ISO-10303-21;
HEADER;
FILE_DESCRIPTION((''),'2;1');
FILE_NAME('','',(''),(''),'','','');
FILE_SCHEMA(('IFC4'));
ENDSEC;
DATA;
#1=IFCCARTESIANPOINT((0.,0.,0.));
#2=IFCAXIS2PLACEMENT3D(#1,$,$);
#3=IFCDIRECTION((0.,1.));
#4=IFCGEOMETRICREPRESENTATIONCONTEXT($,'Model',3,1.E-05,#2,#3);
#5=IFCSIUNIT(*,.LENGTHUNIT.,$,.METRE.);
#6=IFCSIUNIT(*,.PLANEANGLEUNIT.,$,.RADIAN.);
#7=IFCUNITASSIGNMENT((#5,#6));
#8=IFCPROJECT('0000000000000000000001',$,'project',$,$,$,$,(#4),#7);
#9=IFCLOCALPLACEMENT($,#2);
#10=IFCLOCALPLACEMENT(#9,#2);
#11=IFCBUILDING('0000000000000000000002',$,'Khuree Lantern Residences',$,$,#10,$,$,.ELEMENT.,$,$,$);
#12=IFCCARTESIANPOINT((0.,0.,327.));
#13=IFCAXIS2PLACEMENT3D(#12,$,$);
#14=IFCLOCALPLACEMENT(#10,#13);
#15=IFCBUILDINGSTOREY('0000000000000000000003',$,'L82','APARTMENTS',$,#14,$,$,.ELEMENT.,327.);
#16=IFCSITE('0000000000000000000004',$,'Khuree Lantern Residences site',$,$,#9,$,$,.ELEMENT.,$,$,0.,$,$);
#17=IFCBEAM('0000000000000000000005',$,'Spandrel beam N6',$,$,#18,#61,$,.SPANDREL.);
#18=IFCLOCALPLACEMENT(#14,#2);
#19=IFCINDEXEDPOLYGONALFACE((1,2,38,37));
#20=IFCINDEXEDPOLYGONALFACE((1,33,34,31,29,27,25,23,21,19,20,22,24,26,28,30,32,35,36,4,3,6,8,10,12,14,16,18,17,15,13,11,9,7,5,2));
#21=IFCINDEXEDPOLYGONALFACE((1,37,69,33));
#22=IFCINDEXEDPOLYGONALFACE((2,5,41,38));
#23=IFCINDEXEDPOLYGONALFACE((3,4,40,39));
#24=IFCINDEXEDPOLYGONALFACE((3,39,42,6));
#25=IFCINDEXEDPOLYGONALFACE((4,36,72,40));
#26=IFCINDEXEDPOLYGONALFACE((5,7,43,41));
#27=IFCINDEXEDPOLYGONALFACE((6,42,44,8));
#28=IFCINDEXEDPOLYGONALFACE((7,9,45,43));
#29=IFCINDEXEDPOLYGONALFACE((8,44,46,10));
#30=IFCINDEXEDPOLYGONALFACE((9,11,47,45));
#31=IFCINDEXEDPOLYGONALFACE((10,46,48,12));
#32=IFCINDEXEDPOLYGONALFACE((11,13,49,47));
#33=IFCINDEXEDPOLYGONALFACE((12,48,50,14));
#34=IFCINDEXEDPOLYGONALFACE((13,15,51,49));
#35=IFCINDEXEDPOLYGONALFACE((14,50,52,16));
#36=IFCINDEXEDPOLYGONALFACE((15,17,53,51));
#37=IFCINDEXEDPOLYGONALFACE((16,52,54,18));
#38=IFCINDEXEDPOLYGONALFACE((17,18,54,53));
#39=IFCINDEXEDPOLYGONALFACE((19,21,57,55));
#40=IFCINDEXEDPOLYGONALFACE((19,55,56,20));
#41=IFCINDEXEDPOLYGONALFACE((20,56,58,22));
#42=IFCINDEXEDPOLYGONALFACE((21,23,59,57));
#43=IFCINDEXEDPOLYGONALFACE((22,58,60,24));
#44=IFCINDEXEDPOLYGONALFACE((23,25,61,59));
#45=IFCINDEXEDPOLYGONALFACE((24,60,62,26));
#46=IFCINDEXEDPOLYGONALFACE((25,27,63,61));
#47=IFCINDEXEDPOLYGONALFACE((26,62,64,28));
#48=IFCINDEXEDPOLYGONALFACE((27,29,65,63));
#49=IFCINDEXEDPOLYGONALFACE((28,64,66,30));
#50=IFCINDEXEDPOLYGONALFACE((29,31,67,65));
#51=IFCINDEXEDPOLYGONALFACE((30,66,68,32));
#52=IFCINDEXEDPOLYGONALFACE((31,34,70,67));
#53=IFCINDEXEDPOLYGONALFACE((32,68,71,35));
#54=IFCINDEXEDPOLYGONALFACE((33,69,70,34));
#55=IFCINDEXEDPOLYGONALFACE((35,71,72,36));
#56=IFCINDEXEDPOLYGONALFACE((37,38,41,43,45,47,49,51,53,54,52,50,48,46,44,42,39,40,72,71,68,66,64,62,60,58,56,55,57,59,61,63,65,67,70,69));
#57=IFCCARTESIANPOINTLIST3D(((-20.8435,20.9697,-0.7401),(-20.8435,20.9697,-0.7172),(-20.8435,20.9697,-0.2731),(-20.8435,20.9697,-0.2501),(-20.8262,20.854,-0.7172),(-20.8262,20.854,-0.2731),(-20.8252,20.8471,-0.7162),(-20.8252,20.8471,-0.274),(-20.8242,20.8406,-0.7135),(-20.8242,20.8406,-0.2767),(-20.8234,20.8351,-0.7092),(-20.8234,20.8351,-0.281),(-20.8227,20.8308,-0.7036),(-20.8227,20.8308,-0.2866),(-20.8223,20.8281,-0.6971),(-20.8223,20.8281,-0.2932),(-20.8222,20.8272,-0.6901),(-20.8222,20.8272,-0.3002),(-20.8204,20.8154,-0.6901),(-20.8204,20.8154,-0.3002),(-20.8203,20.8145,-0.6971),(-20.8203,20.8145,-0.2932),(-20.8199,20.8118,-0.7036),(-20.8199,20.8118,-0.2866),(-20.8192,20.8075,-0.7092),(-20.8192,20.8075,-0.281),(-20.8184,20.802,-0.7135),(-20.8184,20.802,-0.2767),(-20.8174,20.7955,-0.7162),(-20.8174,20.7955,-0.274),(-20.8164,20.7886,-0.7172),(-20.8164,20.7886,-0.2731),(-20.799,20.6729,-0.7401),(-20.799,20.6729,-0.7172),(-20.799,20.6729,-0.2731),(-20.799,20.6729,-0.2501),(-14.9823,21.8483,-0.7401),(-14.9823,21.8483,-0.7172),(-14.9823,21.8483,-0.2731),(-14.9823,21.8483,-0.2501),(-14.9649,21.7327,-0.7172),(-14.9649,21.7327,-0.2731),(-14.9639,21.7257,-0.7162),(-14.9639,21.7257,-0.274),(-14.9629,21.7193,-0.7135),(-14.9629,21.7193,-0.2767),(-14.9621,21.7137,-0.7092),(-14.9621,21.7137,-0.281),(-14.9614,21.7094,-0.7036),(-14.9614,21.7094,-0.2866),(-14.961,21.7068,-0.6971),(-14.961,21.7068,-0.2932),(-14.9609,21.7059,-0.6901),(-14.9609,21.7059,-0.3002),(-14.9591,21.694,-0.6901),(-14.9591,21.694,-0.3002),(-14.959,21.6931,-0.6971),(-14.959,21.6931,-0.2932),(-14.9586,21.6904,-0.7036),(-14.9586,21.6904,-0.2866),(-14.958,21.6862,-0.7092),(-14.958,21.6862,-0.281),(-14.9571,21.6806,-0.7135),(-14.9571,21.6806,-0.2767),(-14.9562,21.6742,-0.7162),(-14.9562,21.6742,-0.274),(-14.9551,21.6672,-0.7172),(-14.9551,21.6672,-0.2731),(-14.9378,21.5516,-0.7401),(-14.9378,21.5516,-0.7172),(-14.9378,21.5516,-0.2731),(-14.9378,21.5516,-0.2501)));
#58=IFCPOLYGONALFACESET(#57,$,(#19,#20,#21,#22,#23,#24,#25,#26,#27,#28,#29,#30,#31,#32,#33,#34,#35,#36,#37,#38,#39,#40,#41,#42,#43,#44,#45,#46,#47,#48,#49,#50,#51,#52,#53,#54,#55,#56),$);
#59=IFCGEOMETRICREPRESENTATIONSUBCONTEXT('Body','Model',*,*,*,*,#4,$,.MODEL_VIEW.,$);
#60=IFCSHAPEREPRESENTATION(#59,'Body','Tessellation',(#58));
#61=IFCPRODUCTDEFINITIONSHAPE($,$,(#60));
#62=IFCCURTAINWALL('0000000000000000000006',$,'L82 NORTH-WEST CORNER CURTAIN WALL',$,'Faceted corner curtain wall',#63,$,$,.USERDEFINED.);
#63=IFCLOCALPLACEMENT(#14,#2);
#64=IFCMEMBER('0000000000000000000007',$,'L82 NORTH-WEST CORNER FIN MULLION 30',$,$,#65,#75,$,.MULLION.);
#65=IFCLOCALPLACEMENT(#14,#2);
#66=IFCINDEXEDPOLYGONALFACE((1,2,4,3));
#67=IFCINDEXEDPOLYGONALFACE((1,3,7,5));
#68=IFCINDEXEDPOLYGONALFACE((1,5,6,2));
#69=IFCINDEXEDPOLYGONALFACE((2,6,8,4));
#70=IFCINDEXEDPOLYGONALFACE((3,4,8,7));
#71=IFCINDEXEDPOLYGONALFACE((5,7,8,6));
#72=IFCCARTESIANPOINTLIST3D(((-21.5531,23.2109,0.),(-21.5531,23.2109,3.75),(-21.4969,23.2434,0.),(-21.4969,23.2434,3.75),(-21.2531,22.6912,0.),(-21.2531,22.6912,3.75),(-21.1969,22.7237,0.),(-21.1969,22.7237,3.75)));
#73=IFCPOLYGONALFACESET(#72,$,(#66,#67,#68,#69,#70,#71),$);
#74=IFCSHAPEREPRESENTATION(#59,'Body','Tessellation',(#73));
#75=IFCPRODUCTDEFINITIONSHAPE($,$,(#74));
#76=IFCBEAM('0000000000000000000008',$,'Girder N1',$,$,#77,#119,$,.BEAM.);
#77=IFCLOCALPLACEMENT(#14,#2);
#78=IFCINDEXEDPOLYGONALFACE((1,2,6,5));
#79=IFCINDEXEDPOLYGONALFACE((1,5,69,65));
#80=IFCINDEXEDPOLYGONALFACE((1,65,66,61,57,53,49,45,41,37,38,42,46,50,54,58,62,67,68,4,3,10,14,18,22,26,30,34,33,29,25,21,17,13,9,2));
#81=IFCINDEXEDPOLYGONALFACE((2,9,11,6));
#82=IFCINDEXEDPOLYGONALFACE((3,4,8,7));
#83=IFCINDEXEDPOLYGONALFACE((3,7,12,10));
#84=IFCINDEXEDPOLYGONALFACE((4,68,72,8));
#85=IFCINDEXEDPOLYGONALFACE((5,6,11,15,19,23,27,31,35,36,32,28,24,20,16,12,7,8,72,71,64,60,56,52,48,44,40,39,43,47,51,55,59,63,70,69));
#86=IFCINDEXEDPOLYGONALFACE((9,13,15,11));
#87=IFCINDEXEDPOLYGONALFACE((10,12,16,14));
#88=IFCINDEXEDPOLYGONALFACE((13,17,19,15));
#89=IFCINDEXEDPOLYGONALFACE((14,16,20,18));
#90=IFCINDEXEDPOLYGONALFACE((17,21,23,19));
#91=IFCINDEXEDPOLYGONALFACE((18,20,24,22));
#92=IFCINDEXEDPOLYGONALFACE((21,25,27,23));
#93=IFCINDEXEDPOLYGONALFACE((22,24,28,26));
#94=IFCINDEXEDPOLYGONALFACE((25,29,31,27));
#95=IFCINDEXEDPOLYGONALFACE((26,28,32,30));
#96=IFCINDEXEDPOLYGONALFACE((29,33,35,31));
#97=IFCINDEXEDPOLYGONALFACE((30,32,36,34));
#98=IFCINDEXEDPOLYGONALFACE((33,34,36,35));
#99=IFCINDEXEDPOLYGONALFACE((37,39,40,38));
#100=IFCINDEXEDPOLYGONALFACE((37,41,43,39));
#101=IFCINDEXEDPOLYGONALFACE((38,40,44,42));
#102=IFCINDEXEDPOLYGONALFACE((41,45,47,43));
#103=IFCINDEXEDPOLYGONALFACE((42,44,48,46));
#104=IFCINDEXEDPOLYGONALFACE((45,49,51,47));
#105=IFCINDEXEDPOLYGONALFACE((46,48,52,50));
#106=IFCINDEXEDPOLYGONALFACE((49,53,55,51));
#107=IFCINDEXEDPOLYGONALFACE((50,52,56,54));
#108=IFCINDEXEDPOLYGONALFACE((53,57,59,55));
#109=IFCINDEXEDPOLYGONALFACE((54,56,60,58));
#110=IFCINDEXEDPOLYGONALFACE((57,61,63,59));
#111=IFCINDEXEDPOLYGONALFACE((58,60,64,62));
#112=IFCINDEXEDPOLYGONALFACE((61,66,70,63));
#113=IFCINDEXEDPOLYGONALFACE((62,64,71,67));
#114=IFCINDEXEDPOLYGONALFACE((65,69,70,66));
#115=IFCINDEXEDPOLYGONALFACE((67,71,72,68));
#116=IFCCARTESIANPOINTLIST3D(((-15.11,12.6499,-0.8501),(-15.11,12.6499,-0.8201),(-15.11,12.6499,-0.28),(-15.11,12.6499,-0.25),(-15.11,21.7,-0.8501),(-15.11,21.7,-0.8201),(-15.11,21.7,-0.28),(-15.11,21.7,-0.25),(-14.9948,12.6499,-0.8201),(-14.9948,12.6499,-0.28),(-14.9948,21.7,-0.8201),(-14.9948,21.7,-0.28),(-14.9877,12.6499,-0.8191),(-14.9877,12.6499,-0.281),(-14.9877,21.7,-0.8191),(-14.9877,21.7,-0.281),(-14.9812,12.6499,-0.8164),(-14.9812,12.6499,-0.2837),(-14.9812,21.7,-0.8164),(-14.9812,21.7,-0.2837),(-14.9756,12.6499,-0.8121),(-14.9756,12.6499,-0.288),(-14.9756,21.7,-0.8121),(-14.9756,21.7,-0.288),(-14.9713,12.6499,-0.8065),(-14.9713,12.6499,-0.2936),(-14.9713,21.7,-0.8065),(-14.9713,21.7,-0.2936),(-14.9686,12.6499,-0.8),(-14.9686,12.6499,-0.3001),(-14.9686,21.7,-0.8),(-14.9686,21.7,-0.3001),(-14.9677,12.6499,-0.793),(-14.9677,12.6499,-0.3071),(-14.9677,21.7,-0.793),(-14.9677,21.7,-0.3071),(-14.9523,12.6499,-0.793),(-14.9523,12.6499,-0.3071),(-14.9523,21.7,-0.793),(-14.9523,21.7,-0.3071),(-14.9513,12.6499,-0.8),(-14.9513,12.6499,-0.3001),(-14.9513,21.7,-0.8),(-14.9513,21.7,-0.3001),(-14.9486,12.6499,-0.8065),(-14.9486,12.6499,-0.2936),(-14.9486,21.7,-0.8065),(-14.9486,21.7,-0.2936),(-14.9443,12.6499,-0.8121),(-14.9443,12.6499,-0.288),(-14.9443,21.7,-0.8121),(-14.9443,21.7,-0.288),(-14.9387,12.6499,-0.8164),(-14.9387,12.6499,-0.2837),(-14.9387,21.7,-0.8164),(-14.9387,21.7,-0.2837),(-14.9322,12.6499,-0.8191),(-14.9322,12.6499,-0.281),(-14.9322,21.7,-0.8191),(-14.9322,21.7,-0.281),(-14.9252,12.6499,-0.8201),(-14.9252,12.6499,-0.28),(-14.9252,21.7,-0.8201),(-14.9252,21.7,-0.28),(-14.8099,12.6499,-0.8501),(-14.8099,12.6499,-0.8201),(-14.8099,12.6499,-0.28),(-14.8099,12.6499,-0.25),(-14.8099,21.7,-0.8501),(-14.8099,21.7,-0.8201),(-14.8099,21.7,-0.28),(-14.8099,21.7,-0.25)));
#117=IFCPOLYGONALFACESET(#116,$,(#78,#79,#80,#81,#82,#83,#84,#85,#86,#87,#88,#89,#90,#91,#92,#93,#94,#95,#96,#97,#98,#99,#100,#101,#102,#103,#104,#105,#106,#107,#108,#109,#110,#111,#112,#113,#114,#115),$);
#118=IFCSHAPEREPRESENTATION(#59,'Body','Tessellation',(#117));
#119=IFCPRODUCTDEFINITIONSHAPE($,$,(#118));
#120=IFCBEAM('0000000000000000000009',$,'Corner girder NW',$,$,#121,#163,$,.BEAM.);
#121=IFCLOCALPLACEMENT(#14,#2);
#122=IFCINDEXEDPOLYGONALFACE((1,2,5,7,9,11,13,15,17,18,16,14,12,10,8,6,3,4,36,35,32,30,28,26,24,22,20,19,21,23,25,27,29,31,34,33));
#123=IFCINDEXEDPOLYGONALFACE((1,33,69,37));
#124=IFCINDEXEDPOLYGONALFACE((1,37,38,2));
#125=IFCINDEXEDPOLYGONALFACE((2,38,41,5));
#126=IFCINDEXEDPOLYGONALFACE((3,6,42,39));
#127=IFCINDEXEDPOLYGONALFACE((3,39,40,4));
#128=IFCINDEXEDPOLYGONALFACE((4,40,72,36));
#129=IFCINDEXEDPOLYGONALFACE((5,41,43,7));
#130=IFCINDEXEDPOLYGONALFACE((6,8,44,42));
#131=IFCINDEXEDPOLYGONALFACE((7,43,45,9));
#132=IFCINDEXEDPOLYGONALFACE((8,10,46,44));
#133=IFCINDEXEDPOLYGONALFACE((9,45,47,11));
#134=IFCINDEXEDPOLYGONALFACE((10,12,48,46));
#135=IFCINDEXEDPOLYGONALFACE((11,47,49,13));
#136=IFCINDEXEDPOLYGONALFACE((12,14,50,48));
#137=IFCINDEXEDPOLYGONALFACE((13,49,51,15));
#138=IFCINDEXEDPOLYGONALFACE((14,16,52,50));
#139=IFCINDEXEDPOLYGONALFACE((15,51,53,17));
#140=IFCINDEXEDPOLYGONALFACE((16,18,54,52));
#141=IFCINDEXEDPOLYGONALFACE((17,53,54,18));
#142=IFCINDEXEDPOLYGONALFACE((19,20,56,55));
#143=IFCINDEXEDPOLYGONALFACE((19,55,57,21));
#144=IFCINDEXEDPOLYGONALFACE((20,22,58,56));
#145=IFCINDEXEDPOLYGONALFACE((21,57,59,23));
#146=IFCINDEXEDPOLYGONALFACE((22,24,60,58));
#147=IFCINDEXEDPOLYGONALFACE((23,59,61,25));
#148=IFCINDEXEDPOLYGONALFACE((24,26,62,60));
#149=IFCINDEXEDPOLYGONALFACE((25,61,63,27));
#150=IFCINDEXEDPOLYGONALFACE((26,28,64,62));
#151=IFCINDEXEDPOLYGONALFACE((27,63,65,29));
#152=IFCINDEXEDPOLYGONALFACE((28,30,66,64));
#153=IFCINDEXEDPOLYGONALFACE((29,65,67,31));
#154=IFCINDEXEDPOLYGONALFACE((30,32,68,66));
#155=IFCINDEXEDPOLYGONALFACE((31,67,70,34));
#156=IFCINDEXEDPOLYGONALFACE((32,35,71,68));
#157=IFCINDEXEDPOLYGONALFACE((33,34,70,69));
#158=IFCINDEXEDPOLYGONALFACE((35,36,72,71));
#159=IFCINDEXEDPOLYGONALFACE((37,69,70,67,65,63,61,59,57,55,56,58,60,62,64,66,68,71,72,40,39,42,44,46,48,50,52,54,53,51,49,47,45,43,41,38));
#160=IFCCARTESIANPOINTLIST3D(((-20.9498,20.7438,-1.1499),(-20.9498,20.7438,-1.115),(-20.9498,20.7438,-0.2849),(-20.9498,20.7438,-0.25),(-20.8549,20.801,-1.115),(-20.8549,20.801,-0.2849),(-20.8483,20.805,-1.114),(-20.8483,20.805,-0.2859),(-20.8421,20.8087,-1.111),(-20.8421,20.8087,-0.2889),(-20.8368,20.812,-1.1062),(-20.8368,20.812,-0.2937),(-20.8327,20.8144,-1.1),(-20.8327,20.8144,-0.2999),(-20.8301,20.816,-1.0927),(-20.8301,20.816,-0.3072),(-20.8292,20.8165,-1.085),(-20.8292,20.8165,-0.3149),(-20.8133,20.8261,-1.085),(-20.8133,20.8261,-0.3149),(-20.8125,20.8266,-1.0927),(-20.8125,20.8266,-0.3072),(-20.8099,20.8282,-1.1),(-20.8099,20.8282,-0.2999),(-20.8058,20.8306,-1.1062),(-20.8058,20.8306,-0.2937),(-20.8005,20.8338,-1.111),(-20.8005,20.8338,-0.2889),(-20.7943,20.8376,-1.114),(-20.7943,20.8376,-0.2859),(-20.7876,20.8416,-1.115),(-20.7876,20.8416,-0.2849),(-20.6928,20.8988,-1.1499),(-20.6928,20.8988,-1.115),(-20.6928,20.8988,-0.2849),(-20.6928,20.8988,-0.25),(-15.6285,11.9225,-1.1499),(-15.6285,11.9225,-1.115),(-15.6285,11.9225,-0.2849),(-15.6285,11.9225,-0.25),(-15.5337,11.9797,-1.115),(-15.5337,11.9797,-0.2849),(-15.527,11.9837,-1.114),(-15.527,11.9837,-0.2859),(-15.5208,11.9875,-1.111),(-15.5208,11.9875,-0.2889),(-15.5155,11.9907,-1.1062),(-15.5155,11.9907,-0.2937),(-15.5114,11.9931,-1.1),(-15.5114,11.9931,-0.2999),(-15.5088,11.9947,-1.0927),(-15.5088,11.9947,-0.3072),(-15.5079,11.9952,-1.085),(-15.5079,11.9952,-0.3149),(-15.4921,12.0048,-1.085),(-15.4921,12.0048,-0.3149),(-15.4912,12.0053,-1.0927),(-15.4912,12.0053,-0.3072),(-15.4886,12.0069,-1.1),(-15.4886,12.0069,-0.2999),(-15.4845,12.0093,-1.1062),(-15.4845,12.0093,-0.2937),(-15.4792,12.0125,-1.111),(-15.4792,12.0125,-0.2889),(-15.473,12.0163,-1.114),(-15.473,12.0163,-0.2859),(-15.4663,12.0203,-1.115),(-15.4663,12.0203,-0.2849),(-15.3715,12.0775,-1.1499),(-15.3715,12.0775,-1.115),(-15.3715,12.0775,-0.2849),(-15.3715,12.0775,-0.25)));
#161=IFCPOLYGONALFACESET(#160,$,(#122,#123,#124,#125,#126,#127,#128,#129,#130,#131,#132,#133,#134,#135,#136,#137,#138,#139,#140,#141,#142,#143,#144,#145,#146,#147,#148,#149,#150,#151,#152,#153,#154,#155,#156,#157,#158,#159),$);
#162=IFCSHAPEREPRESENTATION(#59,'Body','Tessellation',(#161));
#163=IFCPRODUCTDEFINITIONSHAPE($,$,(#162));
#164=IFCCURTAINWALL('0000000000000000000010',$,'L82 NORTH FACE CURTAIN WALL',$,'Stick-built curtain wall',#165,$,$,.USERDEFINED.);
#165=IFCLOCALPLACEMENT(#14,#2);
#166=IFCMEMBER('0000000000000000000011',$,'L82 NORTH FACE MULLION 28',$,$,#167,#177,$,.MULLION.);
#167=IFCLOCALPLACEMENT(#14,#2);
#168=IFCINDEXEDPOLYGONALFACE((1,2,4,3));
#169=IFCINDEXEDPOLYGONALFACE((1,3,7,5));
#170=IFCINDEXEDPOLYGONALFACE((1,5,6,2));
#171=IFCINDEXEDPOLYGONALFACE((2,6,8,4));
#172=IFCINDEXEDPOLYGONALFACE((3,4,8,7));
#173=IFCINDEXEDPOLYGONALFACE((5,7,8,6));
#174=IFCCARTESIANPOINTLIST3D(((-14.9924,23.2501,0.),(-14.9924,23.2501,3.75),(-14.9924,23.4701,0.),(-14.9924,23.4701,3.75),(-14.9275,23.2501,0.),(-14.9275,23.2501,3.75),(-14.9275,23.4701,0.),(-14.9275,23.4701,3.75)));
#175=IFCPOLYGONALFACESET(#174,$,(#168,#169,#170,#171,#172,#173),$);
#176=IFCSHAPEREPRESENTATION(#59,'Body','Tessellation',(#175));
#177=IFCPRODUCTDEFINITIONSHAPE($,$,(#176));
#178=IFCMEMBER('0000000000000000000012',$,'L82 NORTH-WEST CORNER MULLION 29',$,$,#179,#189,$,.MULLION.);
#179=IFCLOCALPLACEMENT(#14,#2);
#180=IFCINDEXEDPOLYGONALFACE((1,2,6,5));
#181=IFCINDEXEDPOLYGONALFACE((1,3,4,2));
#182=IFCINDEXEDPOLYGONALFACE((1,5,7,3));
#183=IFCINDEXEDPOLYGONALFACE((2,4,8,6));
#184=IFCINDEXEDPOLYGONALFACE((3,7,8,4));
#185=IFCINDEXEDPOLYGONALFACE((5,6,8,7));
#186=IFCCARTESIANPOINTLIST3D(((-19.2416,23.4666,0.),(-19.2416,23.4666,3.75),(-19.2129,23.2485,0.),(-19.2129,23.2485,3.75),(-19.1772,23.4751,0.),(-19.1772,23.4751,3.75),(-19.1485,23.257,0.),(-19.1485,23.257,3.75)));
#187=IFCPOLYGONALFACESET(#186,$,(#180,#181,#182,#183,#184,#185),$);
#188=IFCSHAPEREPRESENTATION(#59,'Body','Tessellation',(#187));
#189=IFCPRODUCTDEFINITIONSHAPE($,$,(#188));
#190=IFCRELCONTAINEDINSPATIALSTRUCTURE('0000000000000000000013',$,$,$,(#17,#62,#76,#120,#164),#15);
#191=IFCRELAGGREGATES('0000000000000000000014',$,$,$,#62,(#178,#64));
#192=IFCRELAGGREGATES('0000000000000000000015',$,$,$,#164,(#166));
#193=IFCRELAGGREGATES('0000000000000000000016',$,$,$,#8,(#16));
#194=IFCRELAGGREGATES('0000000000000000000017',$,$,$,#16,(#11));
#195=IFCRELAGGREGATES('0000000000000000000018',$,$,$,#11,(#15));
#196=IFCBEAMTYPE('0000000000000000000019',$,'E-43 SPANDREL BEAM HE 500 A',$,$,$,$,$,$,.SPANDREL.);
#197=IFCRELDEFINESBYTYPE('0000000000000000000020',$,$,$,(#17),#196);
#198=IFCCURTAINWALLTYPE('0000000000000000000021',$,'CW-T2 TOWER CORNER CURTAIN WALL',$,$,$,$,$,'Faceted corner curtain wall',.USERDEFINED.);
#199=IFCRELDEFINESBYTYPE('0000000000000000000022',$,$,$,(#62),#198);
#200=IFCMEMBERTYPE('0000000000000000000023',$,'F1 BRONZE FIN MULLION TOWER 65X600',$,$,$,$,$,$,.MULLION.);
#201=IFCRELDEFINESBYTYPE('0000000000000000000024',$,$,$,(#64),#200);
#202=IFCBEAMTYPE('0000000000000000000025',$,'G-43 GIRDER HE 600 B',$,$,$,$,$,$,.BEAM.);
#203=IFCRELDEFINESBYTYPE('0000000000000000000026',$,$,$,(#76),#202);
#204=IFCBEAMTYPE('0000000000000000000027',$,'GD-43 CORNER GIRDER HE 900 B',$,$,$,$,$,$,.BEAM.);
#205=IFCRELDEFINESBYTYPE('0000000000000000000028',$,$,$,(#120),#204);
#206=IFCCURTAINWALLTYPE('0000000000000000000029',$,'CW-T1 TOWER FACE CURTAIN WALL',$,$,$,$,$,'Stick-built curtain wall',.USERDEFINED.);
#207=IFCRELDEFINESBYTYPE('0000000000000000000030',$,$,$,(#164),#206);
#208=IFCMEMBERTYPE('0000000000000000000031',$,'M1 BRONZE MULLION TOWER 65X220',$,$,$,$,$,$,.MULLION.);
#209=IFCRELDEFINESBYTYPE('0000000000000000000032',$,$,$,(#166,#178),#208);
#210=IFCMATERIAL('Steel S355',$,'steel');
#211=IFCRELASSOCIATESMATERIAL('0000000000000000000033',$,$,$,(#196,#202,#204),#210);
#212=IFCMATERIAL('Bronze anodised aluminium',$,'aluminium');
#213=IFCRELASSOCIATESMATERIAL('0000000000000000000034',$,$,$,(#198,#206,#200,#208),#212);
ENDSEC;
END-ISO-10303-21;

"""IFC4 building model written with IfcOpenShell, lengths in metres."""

from ifc_helpers import new_model, si_unit, direction, frame, origin, origin_2d, place, context, subcontext, project, spatial, rectangle, i_section, extrude, material, material_profile, profile_set, type_object, element, aggregate, save


model = new_model("IFC4")

# Units and contexts
model_context = context("Model", 3, precision=1e-05, world=origin(), true_north=direction((0.0, 1.0)))
body_context = subcontext(model_context, "Body", "Model", "MODEL_VIEW")
ifc_project = project(units=[si_unit("LENGTHUNIT", "METRE"), si_unit("PLANEANGLEUNIT", "RADIAN")], contexts=[model_context])

# Site, building, storey
site_placement = place(None, origin())
site = spatial("IfcSite", under=ifc_project, at=site_placement, Name="Khuree Lantern Residences site", CompositionType="ELEMENT", RefElevation=0.0)
building_placement = place(site_placement, origin())
building = spatial("IfcBuilding", under=site, at=building_placement, Name="Khuree Lantern Residences", CompositionType="ELEMENT")
storey_placement = place(building_placement, frame((0.0, 0.0, 327.0)))
storey = spatial("IfcBuildingStorey", under=building, at=storey_placement, Name="L82", Description="APARTMENTS", CompositionType="ELEMENT", Elevation=327.0)

# Beam
ifc_material_1 = material(Name="Steel S355", Category="steel")
ifc_material_profile_1 = material_profile(ifc_material_1, i_section(OverallWidth=0.3, OverallDepth=0.49, WebThickness=0.012, FlangeThickness=0.0229, FilletRadius=0.0271, at=origin_2d()), Name="HE 500 A")
ifc_profile_set_1 = profile_set([ifc_material_profile_1], Name="Steel S355")
beam_type_1 = type_object("IfcBeamType", Name="E-43 SPANDREL BEAM HE 500 A", PredefinedType="SPANDREL", material=ifc_profile_set_1)
beam_1_placement = place(storey_placement, frame((-20.8213, 20.8213, -0.4951), z_axis=(0.98895, 0.148252, 0.0), x_axis=(-0.148252, 0.98895, 0.0)))
element("IfcBeam", 1, at=beam_1_placement, inside=storey, type_object=beam_type_1, Name="Spandrel beam N6", PredefinedType="SPANDREL", context=body_context, shape_type="SweptSolid", body=[
    extrude(i_section(OverallWidth=0.3, OverallDepth=0.49, WebThickness=0.012, FlangeThickness=0.0229, FilletRadius=0.0271, at=origin_2d()), origin(), (0.0, 0.0, 1.0), 5.9268),
])

# Curtain wall, member
ifc_material_2 = material(Name="Bronze anodised aluminium", Category="aluminium")
curtain_wall_type_1 = type_object("IfcCurtainWallType", Name="CW-T2 TOWER CORNER CURTAIN WALL", ElementType="Faceted corner curtain wall", PredefinedType="USERDEFINED", material=ifc_material_2)
curtain_wall_1_placement = place(storey_placement, origin())
curtain_wall_1 = element("IfcCurtainWall", 2, at=curtain_wall_1_placement, inside=storey, type_object=curtain_wall_type_1, Name="L82 NORTH-WEST CORNER CURTAIN WALL", ObjectType="Faceted corner curtain wall", PredefinedType="USERDEFINED")
ifc_material_profile_2 = material_profile(ifc_material_2, rectangle(XDim=0.0649, YDim=0.6001, at=origin_2d()), Name="F1 65X600")
ifc_profile_set_2 = profile_set([ifc_material_profile_2], Name="Bronze anodised aluminium")
member_type_1 = type_object("IfcMemberType", Name="F1 BRONZE FIN MULLION TOWER 65X600", PredefinedType="MULLION", material=ifc_profile_set_2)
member_1_placement = place(storey_placement, frame((-21.375, 22.9673, 0.0), z_axis=(0.0, 0.0, 1.0), x_axis=(-0.866025, -0.5, 0.0)))
member_1 = element("IfcMember", 3, at=member_1_placement, type_object=member_type_1, Name="L82 NORTH-WEST CORNER FIN MULLION 30", PredefinedType="MULLION", context=body_context, shape_type="SweptSolid", body=[
    extrude(rectangle(XDim=0.0649, YDim=0.6001, at=origin_2d()), origin(), (0.0, 0.0, 1.0), 3.75),
])

# Beams
ifc_material_profile_3 = material_profile(ifc_material_1, i_section(OverallWidth=0.3, OverallDepth=0.6001, WebThickness=0.0154, FlangeThickness=0.03, FilletRadius=0.0271, at=origin_2d()), Name="HE 600 B")
ifc_profile_set_3 = profile_set([ifc_material_profile_3], Name="Steel S355")
beam_type_2 = type_object("IfcBeamType", Name="G-43 GIRDER HE 600 B", PredefinedType="BEAM", material=ifc_profile_set_3)
beam_2_placement = place(storey_placement, frame((-14.96, 21.7, -0.55), z_axis=(0.0, -1.0, 0.0), x_axis=(1.0, 0.0, 0.0)))
element("IfcBeam", 4, at=beam_2_placement, inside=storey, type_object=beam_type_2, Name="Girder N1", PredefinedType="BEAM", context=body_context, shape_type="SweptSolid", body=[
    extrude(i_section(OverallWidth=0.3, OverallDepth=0.6001, WebThickness=0.0154, FlangeThickness=0.03, FilletRadius=0.0271, at=origin_2d()), origin(), (0.0, 0.0, 1.0), 9.05),
])
ifc_material_profile_4 = material_profile(ifc_material_1, i_section(OverallWidth=0.3, OverallDepth=0.8999, WebThickness=0.0186, FlangeThickness=0.0349, FilletRadius=0.03, at=origin_2d()), Name="HE 900 B")
ifc_profile_set_4 = profile_set([ifc_material_profile_4], Name="Steel S355")
beam_type_3 = type_object("IfcBeamType", Name="GD-43 CORNER GIRDER HE 900 B", PredefinedType="BEAM", material=ifc_profile_set_4)
beam_3_placement = place(storey_placement, frame((-20.8213, 20.8213, -0.7), z_axis=(0.51653, -0.856269, 0.0), x_axis=(0.856269, 0.51653, 0.0)))
element("IfcBeam", 5, at=beam_3_placement, inside=storey, type_object=beam_type_3, Name="Corner girder NW", PredefinedType="BEAM", context=body_context, shape_type="SweptSolid", body=[
    extrude(i_section(OverallWidth=0.3, OverallDepth=0.8999, WebThickness=0.0186, FlangeThickness=0.0349, FilletRadius=0.03, at=origin_2d()), origin(), (0.0, 0.0, 1.0), 10.302),
])

# Curtain wall, member
curtain_wall_type_2 = type_object("IfcCurtainWallType", Name="CW-T1 TOWER FACE CURTAIN WALL", ElementType="Stick-built curtain wall", PredefinedType="USERDEFINED", material=ifc_material_2)
curtain_wall_2_placement = place(storey_placement, origin())
curtain_wall_2 = element("IfcCurtainWall", 6, at=curtain_wall_2_placement, inside=storey, type_object=curtain_wall_type_2, Name="L82 NORTH FACE CURTAIN WALL", ObjectType="Stick-built curtain wall", PredefinedType="USERDEFINED")
ifc_material_profile_5 = material_profile(ifc_material_2, rectangle(XDim=0.0649, YDim=0.22, at=origin_2d()), Name="M1 65X220")
ifc_profile_set_5 = profile_set([ifc_material_profile_5], Name="Bronze anodised aluminium")
member_type_2 = type_object("IfcMemberType", Name="M1 BRONZE MULLION TOWER 65X220", PredefinedType="MULLION", material=ifc_profile_set_5)
member_2_placement = place(storey_placement, frame((-14.96, 23.3601, 0.0), z_axis=(0.0, 0.0, 1.0), x_axis=(-1.0, 0.0, 0.0)))
member_2 = element("IfcMember", 7, at=member_2_placement, type_object=member_type_2, Name="L82 NORTH FACE MULLION 28", PredefinedType="MULLION", context=body_context, shape_type="SweptSolid", body=[
    extrude(rectangle(XDim=0.0649, YDim=0.22, at=origin_2d()), origin(), (0.0, 0.0, 1.0), 3.75),
])

# Member
member_3_placement = place(storey_placement, frame((-19.1951, 23.3618, 0.0), z_axis=(0.0, 0.0, 1.0), x_axis=(-0.991445, -0.130526, 0.0)))
member_3 = element("IfcMember", 8, at=member_3_placement, type_object=member_type_2, Name="L82 NORTH-WEST CORNER MULLION 29", PredefinedType="MULLION", context=body_context, shape_type="SweptSolid", body=[
    extrude(rectangle(XDim=0.0649, YDim=0.22, at=origin_2d()), origin(), (0.0, 0.0, 1.0), 3.75),
])

aggregate(curtain_wall_1, [member_3, member_1])
aggregate(curtain_wall_2, [member_2])

save(model, "model.ifc")
